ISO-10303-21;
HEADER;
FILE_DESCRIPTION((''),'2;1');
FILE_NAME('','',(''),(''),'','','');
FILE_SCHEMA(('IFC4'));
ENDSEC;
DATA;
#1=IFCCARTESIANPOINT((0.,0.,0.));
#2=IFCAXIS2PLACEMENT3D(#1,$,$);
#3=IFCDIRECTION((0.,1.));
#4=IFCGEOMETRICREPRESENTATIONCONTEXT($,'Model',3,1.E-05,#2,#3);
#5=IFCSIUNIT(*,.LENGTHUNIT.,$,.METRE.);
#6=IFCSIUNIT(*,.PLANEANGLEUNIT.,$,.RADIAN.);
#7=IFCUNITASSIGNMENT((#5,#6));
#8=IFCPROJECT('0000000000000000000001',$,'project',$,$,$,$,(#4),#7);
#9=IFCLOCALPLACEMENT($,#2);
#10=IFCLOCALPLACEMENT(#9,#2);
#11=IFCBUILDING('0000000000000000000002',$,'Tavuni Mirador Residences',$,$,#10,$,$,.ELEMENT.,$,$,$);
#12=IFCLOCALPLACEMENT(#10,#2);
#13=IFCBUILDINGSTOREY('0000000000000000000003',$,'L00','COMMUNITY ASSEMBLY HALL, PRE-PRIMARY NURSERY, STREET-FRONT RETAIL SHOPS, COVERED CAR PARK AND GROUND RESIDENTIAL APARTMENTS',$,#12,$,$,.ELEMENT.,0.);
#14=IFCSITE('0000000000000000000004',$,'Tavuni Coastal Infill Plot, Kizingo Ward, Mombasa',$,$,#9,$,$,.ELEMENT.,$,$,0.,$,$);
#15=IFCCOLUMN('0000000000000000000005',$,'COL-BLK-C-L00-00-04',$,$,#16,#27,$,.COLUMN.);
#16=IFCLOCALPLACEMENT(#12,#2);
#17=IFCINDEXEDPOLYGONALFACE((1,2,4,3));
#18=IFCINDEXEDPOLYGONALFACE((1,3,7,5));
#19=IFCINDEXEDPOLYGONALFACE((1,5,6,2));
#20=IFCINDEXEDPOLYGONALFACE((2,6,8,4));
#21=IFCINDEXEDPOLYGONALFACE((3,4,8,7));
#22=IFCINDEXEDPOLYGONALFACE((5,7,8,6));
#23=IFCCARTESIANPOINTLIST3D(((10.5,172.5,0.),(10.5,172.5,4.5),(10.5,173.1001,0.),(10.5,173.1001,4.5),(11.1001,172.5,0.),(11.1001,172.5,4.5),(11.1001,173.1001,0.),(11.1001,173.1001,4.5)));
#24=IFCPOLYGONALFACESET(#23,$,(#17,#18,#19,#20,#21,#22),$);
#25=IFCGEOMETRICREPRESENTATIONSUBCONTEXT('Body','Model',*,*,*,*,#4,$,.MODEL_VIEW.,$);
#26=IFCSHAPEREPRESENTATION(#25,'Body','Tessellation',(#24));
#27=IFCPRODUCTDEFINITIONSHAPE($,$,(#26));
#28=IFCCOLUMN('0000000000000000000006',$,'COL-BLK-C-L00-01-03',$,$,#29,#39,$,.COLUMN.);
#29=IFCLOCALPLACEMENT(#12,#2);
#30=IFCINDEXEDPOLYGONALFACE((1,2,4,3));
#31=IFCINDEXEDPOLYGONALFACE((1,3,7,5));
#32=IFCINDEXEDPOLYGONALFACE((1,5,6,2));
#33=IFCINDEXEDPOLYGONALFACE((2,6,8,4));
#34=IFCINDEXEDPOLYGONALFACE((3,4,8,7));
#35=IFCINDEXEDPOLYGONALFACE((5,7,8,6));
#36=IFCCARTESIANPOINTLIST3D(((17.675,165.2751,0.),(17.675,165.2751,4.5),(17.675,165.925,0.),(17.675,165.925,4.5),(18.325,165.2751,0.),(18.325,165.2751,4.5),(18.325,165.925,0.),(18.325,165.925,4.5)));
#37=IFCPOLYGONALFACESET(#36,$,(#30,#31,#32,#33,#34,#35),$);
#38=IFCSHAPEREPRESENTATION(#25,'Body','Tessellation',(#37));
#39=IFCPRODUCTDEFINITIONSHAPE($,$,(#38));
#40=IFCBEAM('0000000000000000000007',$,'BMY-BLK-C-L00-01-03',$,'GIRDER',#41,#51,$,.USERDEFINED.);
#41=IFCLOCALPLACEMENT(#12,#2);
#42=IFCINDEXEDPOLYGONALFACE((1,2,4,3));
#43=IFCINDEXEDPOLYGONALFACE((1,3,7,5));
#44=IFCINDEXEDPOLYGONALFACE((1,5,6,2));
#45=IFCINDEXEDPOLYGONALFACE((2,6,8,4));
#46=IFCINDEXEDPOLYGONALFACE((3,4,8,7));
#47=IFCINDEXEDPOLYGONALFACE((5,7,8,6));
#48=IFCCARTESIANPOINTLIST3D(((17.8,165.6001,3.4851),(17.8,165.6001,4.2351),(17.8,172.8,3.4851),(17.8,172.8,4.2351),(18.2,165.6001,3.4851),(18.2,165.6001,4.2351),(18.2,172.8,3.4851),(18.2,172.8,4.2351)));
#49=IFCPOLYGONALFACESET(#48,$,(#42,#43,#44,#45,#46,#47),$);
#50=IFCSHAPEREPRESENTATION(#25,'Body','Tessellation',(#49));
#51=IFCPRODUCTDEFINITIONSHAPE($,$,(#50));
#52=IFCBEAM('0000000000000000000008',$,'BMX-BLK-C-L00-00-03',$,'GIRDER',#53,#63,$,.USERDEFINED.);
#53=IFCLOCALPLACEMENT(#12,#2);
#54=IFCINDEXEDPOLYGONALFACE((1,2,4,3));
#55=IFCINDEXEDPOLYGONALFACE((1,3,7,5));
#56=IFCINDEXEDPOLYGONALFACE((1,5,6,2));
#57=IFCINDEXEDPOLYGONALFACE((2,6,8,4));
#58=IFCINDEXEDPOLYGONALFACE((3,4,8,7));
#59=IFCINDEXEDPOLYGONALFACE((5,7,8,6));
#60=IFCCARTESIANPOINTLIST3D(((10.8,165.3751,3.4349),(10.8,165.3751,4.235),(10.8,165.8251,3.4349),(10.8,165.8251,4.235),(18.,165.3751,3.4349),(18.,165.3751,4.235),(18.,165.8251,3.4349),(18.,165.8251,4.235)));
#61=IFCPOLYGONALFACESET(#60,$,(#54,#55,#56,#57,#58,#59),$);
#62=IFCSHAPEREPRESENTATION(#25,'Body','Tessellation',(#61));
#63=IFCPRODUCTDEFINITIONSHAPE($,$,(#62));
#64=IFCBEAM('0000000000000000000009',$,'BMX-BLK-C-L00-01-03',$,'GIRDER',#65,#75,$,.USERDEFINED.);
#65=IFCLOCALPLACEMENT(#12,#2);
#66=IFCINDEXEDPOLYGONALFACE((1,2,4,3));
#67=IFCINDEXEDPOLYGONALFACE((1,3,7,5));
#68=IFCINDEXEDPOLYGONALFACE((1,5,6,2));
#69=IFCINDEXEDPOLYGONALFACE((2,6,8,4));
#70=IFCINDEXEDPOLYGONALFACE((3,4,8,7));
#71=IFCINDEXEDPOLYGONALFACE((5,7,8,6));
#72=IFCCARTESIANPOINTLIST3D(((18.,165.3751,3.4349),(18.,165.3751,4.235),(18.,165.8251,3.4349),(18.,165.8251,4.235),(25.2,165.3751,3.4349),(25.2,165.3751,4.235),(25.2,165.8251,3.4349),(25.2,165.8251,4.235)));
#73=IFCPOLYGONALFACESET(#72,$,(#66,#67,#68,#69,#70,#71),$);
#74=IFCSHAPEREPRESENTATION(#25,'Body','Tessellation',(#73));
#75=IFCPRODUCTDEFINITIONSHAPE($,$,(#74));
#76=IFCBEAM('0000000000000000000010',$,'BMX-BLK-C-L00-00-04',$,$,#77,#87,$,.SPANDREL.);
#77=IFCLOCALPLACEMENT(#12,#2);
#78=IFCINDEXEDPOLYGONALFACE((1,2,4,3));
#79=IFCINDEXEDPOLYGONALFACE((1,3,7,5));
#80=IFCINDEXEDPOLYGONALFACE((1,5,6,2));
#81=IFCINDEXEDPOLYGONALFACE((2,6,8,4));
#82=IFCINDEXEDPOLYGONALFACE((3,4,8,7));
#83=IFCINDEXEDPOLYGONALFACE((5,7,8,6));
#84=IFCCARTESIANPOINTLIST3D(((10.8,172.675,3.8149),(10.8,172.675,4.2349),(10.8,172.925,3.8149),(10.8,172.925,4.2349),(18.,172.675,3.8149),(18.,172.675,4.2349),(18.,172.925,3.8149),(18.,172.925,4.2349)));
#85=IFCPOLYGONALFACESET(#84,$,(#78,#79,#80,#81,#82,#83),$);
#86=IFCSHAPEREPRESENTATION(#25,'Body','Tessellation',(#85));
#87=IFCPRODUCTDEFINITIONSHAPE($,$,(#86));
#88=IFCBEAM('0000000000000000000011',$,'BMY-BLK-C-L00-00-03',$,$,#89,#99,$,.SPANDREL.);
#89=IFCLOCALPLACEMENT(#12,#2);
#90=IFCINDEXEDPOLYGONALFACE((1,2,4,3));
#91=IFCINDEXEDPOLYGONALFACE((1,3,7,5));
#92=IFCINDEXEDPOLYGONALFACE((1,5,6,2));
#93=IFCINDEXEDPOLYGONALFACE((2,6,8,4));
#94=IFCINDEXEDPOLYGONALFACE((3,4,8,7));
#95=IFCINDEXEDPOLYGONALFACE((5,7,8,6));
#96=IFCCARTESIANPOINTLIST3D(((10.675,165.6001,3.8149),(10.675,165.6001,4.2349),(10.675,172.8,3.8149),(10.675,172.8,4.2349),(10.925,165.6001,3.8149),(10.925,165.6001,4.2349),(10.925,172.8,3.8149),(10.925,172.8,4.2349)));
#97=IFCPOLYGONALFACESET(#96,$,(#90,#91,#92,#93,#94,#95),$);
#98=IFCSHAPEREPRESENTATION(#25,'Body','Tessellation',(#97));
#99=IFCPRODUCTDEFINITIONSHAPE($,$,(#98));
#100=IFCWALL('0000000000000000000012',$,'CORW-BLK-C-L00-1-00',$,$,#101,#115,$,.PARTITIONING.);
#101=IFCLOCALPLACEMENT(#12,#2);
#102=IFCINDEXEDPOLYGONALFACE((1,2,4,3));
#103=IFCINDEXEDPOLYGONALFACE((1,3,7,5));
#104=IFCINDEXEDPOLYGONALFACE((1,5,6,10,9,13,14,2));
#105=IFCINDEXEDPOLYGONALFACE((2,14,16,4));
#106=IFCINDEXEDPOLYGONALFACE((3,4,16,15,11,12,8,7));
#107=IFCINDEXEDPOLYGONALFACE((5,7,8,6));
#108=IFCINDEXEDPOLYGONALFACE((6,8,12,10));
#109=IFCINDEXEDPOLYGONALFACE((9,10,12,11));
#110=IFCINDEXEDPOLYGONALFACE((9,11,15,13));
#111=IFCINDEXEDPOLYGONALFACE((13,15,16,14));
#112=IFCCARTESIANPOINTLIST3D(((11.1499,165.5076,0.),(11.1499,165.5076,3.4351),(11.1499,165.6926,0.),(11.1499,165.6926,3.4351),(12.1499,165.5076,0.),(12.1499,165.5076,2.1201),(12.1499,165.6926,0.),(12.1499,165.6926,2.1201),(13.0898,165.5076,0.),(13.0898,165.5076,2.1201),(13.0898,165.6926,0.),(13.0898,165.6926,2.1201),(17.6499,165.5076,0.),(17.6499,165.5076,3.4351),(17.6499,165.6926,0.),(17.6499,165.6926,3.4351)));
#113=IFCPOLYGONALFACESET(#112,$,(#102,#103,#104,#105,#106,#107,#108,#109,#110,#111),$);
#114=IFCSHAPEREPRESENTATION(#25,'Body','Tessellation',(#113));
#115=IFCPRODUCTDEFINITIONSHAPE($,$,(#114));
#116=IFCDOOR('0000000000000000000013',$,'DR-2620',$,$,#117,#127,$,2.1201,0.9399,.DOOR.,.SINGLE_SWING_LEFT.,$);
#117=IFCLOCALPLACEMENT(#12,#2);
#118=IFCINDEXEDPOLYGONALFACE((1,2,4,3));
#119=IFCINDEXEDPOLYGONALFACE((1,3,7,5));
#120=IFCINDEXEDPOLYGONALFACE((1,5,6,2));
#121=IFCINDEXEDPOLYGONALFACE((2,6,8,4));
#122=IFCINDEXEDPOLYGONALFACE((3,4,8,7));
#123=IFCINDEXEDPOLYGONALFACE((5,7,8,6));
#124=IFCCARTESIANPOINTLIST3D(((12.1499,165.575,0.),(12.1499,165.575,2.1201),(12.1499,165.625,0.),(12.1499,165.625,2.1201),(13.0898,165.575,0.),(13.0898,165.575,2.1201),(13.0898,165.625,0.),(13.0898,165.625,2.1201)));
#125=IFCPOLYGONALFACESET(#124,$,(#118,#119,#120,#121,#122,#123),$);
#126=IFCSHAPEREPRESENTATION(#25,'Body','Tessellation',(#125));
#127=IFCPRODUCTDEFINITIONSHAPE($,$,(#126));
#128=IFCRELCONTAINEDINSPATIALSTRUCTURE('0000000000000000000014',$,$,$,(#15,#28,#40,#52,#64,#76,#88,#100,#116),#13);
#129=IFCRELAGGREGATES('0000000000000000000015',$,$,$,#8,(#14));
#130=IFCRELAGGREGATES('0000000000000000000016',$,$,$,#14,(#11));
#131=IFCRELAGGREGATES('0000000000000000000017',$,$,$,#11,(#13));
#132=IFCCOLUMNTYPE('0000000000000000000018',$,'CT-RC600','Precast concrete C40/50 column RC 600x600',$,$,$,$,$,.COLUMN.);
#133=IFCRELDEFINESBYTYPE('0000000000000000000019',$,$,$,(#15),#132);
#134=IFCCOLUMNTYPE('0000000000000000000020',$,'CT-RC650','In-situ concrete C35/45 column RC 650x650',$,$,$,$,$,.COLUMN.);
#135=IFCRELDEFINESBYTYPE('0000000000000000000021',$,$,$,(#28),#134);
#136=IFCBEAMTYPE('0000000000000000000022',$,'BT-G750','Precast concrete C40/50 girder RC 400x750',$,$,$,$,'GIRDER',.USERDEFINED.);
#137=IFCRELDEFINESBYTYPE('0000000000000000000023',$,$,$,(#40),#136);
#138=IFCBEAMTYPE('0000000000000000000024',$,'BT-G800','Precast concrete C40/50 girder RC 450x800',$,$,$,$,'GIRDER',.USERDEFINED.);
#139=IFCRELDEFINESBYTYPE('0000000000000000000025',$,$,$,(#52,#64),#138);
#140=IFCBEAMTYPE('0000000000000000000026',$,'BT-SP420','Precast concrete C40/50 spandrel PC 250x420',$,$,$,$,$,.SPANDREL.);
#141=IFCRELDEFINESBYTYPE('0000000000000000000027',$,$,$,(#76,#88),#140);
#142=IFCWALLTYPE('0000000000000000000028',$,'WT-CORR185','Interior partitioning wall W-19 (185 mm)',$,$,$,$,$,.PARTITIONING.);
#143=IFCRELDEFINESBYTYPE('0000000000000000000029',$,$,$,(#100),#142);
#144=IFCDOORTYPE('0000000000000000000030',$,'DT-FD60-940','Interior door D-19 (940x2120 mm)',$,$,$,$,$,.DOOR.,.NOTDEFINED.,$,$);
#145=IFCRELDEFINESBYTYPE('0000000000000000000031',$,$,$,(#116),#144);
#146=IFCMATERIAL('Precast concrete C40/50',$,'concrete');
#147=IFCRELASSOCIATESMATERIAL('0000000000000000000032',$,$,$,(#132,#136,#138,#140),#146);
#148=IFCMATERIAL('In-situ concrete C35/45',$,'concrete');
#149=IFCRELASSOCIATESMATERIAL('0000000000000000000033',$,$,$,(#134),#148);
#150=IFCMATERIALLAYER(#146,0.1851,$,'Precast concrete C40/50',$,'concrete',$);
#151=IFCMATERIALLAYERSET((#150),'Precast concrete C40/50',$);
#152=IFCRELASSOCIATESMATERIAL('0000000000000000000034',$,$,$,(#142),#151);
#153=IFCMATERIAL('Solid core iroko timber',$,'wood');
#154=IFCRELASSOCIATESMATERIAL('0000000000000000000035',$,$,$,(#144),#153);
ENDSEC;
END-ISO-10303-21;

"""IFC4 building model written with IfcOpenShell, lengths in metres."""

from ifc_helpers import new_model, si_unit, direction, frame, frame_2d, origin, origin_2d, place, context, subcontext, project, spatial, rectangle, extrude, material, layer, layer_set, material_profile, profile_set, type_object, element, fill, save


model = new_model("IFC4")

# Units and contexts
model_context = context("Model", 3, precision=1e-05, world=origin(), true_north=direction((0.0, 1.0)))
body_context = subcontext(model_context, "Body", "Model", "MODEL_VIEW")
ifc_project = project(units=[si_unit("LENGTHUNIT", "METRE"), si_unit("PLANEANGLEUNIT", "RADIAN")], contexts=[model_context])

# Site, building, storey
site_placement = place(None, origin())
site = spatial("IfcSite", under=ifc_project, at=site_placement, Name="Tavuni Coastal Infill Plot, Kizingo Ward, Mombasa", CompositionType="ELEMENT", RefElevation=0.0)
building_placement = place(site_placement, origin())
building = spatial("IfcBuilding", under=site, at=building_placement, Name="Tavuni Mirador Residences", CompositionType="ELEMENT")
storey_placement = place(building_placement, origin())
storey = spatial("IfcBuildingStorey", under=building, at=storey_placement, Name="L00", Description="COMMUNITY ASSEMBLY HALL, PRE-PRIMARY NURSERY, STREET-FRONT RETAIL SHOPS, COVERED CAR PARK AND GROUND RESIDENTIAL APARTMENTS", CompositionType="ELEMENT", Elevation=0.0)

# Columns
ifc_material_1 = material(Name="Precast concrete C40/50", Category="concrete")
ifc_material_profile_1 = material_profile(ifc_material_1, rectangle(XDim=0.6001, YDim=0.6001, at=origin_2d()), Name="RC 600x600", Category="concrete")
ifc_profile_set_1 = profile_set([ifc_material_profile_1], Name="Precast concrete C40/50")
column_type_1 = type_object("IfcColumnType", Name="CT-RC600", Description="Precast concrete C40/50 column RC 600x600", PredefinedType="COLUMN", material=ifc_profile_set_1)
column_1_placement = place(storey_placement, frame((10.8, 172.8, 0.0), z_axis=(0.0, 0.0, 1.0), x_axis=(1.0, 0.0, 0.0)))
element("IfcColumn", 1, at=column_1_placement, inside=storey, type_object=column_type_1, Name="COL-BLK-C-L00-00-04", PredefinedType="COLUMN", context=body_context, shape_type="SweptSolid", body=[
    extrude(rectangle(XDim=0.6001, YDim=0.6001, at=origin_2d()), origin(), (0.0, 0.0, 1.0), 4.5),
])
ifc_material_2 = material(Name="In-situ concrete C35/45", Category="concrete")
ifc_material_profile_2 = material_profile(ifc_material_2, rectangle(XDim=0.6499, YDim=0.6499, at=origin_2d()), Name="RC 650x650", Category="concrete")
ifc_profile_set_2 = profile_set([ifc_material_profile_2], Name="In-situ concrete C35/45")
column_type_2 = type_object("IfcColumnType", Name="CT-RC650", Description="In-situ concrete C35/45 column RC 650x650", PredefinedType="COLUMN", material=ifc_profile_set_2)
column_2_placement = place(storey_placement, frame((18.0, 165.6001, 0.0), z_axis=(0.0, 0.0, 1.0), x_axis=(1.0, 0.0, 0.0)))
element("IfcColumn", 2, at=column_2_placement, inside=storey, type_object=column_type_2, Name="COL-BLK-C-L00-01-03", PredefinedType="COLUMN", context=body_context, shape_type="SweptSolid", body=[
    extrude(rectangle(XDim=0.6499, YDim=0.6499, at=origin_2d()), origin(), (0.0, 0.0, 1.0), 4.5),
])

# Beams
ifc_material_profile_3 = material_profile(ifc_material_1, rectangle(XDim=0.3999, YDim=0.75, at=origin_2d()), Name="RC 400x750", Category="concrete")
ifc_profile_set_3 = profile_set([ifc_material_profile_3], Name="Precast concrete C40/50")
beam_type_1 = type_object("IfcBeamType", Name="BT-G750", Description="Precast concrete C40/50 girder RC 400x750", ElementType="GIRDER", PredefinedType="USERDEFINED", material=ifc_profile_set_3)
beam_placement = place(storey_placement, frame((18.0, 165.6001, 3.8601), z_axis=(0.0, 1.0, 0.0), x_axis=(-1.0, 0.0, 0.0)))
element("IfcBeam", 3, at=beam_placement, inside=storey, type_object=beam_type_1, Name="BMY-BLK-C-L00-01-03", ObjectType="GIRDER", PredefinedType="USERDEFINED", context=body_context, shape_type="SweptSolid", body=[
    extrude(rectangle(XDim=0.3999, YDim=0.75, at=origin_2d()), origin(), (0.0, 0.0, 1.0), 7.2),
])
ifc_material_profile_4 = material_profile(ifc_material_1, rectangle(XDim=0.45, YDim=0.8, at=origin_2d()), Name="RC 450x800", Category="concrete")
ifc_profile_set_4 = profile_set([ifc_material_profile_4], Name="Precast concrete C40/50")
beam_type_2 = type_object("IfcBeamType", Name="BT-G800", Description="Precast concrete C40/50 girder RC 450x800", ElementType="GIRDER", PredefinedType="USERDEFINED", material=ifc_profile_set_4)
for number, where, z_axis, x_axis, name in (
    (4, (10.8, 165.6001, 3.835), (1.0, 0.0, 0.0), (0.0, 1.0, 0.0), "BMX-BLK-C-L00-00-03"),
    (5, (18.0, 165.6001, 3.835), (1.0, 0.0, 0.0), (0.0, 1.0, 0.0), "BMX-BLK-C-L00-01-03"),
):
    element("IfcBeam", number, at=place(storey_placement, frame(where, z_axis=z_axis, x_axis=x_axis)), inside=storey, type_object=beam_type_2, Name=name, ObjectType="GIRDER", PredefinedType="USERDEFINED", context=body_context, shape_type="SweptSolid", body=[
        extrude(rectangle(XDim=0.45, YDim=0.8, at=origin_2d()), origin(), (0.0, 0.0, 1.0), 7.2),
    ])
ifc_material_profile_5 = material_profile(ifc_material_1, rectangle(XDim=0.25, YDim=0.4199, at=origin_2d()), Name="PC 250x420", Category="concrete")
ifc_profile_set_5 = profile_set([ifc_material_profile_5], Name="Precast concrete C40/50")
beam_type_3 = type_object("IfcBeamType", Name="BT-SP420", Description="Precast concrete C40/50 spandrel PC 250x420", PredefinedType="SPANDREL", material=ifc_profile_set_5)
for number, where, z_axis, x_axis, name in (
    (6, (10.8, 172.8, 4.0249), (1.0, 0.0, 0.0), (0.0, 1.0, 0.0), "BMX-BLK-C-L00-00-04"),
    (7, (10.8, 165.6001, 4.0249), (0.0, 1.0, 0.0), (-1.0, 0.0, 0.0), "BMY-BLK-C-L00-00-03"),
):
    element("IfcBeam", number, at=place(storey_placement, frame(where, z_axis=z_axis, x_axis=x_axis)), inside=storey, type_object=beam_type_3, Name=name, PredefinedType="SPANDREL", context=body_context, shape_type="SweptSolid", body=[
        extrude(rectangle(XDim=0.25, YDim=0.4199, at=origin_2d()), origin(), (0.0, 0.0, 1.0), 7.2),
    ])

# Wall, opening, door
ifc_layer_1 = layer(ifc_material_1, 0.1851, Name="Precast concrete C40/50", Category="concrete")
ifc_layer_set_1 = layer_set([ifc_layer_1], Name="Precast concrete C40/50")
wall_type_1 = type_object("IfcWallType", Name="WT-CORR185", Description="Interior partitioning wall W-19 (185 mm)", PredefinedType="PARTITIONING", material=ifc_layer_set_1)
wall_1_placement = place(storey_placement, frame((11.1499, 165.6001, 0.0), z_axis=(0.0, 0.0, 1.0), x_axis=(1.0, 0.0, 0.0)))
wall_1 = element("IfcWall", 8, at=wall_1_placement, inside=storey, type_object=wall_type_1, Name="CORW-BLK-C-L00-1-00", PredefinedType="PARTITIONING", context=body_context, shape_type="SweptSolid", body=[
    extrude(rectangle(XDim=6.5, YDim=0.1851, at=frame_2d((3.25, 0.0))), origin(), (0.0, 0.0, 1.0), 3.4351),
])
opening_1_placement = place(wall_1_placement, frame((1.0, 0.0, 0.0)))
opening_1 = element("IfcOpeningElement", 9, at=opening_1_placement, cuts=wall_1, PredefinedType="OPENING", context=body_context, shape_type="SweptSolid", body=[
    extrude(rectangle(XDim=0.9399, YDim=2.1201, at=frame_2d((0.47, 1.0601))), frame((0.0, 0.1025, 0.0), z_axis=(0.0, -1.0, 0.0), x_axis=(1.0, 0.0, 0.0)), (0.0, 0.0, 1.0), 0.2051),
])
ifc_material_3 = material(Name="Solid core iroko timber", Category="wood")
door_type_1 = type_object("IfcDoorType", Name="DT-FD60-940", Description="Interior door D-19 (940x2120 mm)", OperationType="NOTDEFINED", PredefinedType="DOOR", material=ifc_material_3)
door_1_placement = place(opening_1_placement, origin())
door_1 = element("IfcDoor", 10, at=door_1_placement, inside=storey, type_object=door_type_1, Name="DR-2620", OperationType="SINGLE_SWING_LEFT", OverallHeight=2.1201, OverallWidth=0.9399, PredefinedType="DOOR", context=body_context, shape_type="SweptSolid", body=[
    extrude(rectangle(XDim=0.9399, YDim=2.1201, at=frame_2d((0.47, 1.0601))), frame((0.0, 0.0249, 0.0), z_axis=(0.0, -1.0, 0.0), x_axis=(1.0, 0.0, 0.0)), (0.0, 0.0, 1.0), 0.05),
])
fill(opening_1, door_1)

save(model, "model.ifc")
